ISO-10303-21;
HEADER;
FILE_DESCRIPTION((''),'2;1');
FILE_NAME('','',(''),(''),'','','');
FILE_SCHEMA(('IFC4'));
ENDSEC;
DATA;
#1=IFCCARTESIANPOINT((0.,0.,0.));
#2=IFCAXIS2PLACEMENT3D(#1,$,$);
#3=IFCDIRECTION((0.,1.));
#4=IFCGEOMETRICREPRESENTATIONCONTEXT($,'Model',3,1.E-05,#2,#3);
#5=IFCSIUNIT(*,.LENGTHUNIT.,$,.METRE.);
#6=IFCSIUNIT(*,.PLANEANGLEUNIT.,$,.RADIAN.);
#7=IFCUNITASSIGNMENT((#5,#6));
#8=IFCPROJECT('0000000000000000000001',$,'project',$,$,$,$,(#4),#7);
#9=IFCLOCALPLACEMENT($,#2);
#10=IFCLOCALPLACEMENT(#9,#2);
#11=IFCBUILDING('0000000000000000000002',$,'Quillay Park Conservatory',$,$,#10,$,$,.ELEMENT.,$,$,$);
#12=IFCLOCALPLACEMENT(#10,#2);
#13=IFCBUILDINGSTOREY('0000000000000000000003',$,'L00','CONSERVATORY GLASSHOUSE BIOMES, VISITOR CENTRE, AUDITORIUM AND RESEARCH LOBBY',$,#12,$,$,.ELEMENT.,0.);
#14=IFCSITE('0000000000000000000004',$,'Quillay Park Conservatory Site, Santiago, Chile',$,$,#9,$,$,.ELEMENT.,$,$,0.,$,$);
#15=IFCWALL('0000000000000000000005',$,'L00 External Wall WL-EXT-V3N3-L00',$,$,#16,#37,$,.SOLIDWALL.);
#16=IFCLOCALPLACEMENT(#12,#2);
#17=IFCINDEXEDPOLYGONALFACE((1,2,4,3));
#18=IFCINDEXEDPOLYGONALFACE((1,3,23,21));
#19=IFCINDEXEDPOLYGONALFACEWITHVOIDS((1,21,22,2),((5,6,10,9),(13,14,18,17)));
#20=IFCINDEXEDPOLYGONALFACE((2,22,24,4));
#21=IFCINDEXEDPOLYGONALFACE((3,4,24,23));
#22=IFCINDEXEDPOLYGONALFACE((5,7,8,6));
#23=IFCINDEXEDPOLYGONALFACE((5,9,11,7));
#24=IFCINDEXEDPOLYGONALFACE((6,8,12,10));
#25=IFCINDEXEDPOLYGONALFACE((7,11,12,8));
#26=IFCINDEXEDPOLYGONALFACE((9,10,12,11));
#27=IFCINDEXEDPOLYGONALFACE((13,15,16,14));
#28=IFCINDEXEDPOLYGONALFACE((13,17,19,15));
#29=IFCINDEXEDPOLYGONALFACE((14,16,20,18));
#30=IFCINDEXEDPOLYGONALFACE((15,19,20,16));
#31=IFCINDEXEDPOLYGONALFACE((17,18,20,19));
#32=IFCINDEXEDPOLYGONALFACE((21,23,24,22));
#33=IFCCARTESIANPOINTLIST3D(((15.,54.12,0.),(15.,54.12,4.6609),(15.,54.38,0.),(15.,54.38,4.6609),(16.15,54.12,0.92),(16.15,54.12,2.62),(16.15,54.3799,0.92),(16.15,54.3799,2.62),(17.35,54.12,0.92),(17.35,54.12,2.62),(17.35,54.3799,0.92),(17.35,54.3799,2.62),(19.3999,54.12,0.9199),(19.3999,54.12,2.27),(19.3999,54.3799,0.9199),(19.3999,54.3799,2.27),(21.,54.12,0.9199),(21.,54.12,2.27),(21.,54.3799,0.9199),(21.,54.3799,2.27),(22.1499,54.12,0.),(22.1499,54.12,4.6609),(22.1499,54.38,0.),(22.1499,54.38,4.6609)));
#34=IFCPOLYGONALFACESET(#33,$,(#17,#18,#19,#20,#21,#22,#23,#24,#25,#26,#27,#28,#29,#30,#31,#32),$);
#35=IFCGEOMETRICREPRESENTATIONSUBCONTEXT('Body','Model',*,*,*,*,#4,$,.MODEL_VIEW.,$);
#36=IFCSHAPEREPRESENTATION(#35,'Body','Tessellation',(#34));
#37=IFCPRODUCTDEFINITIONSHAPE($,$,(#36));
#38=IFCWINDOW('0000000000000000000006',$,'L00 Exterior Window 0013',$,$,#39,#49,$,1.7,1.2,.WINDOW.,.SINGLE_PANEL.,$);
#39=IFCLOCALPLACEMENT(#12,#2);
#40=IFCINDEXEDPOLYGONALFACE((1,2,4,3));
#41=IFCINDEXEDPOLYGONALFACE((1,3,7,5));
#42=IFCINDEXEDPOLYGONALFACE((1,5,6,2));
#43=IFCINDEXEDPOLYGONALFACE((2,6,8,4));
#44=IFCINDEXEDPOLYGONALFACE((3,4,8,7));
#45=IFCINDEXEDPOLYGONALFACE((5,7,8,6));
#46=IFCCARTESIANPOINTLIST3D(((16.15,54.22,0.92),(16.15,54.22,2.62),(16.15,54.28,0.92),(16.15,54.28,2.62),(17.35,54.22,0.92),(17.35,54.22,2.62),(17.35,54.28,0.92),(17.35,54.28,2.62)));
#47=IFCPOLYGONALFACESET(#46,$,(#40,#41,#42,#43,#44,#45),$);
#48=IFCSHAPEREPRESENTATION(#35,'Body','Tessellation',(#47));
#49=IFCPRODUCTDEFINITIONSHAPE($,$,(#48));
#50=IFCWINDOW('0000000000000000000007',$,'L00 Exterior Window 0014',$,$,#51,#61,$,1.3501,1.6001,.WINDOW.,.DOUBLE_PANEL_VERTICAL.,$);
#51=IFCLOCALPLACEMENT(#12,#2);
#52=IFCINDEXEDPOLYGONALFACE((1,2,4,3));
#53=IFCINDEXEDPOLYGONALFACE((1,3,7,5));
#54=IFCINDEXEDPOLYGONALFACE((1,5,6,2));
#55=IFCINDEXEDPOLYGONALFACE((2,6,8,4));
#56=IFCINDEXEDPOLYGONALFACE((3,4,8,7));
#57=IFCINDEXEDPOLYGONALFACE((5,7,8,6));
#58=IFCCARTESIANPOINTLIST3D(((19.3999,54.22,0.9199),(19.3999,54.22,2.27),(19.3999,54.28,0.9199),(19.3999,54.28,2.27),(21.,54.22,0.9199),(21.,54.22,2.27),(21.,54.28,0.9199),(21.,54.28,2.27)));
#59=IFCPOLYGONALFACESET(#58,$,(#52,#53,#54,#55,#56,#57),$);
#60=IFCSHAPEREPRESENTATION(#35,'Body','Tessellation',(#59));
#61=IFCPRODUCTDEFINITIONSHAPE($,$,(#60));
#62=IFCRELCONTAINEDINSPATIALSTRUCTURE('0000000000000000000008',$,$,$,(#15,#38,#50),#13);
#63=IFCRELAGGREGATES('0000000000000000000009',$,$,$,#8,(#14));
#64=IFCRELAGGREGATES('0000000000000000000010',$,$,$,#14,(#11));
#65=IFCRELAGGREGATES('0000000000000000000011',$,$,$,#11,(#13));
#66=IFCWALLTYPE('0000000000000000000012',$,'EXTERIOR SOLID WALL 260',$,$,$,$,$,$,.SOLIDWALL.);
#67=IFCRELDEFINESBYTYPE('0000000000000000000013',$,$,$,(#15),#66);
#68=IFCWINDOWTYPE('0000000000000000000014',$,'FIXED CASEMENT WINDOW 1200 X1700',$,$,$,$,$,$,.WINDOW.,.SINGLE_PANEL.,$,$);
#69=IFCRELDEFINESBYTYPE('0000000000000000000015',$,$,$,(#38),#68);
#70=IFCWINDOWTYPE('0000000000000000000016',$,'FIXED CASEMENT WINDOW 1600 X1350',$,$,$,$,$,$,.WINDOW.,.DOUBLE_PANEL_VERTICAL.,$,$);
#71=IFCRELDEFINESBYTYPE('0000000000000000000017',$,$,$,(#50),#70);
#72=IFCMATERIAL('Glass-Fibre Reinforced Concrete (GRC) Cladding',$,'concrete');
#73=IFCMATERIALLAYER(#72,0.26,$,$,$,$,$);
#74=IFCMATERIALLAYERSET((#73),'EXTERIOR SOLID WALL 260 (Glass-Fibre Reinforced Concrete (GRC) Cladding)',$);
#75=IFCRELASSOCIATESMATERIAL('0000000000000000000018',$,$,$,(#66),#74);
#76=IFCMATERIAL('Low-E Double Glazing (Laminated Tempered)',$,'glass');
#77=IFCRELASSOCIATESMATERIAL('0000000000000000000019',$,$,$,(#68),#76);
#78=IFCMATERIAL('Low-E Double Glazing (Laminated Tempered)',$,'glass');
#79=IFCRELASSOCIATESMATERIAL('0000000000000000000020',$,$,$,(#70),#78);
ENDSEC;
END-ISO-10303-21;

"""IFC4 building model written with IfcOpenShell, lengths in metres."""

from ifc_helpers import new_model, si_unit, direction, frame, frame_2d, origin, place, context, subcontext, project, spatial, rectangle, extrude, material, layer, layer_set, type_object, element, fill, save


model = new_model("IFC4")

# Units and contexts
model_context = context("Model", 3, precision=1e-05, world=origin(), true_north=direction((0.0, 1.0)))
body_context = subcontext(model_context, "Body", "Model", "MODEL_VIEW")
ifc_project = project(units=[si_unit("LENGTHUNIT", "METRE"), si_unit("PLANEANGLEUNIT", "RADIAN")], contexts=[model_context])

# Site, building, storey
site_placement = place(None, origin())
site = spatial("IfcSite", under=ifc_project, at=site_placement, Name="Quillay Park Conservatory Site, Santiago, Chile", CompositionType="ELEMENT", RefElevation=0.0)
building_placement = place(site_placement, origin())
building = spatial("IfcBuilding", under=site, at=building_placement, Name="Quillay Park Conservatory", CompositionType="ELEMENT")
storey_placement = place(building_placement, origin())
storey = spatial("IfcBuildingStorey", under=building, at=storey_placement, Name="L00", Description="CONSERVATORY GLASSHOUSE BIOMES, VISITOR CENTRE, AUDITORIUM AND RESEARCH LOBBY", CompositionType="ELEMENT", Elevation=0.0)

# Wall, openings, windows
ifc_material_1 = material(Name="Glass-Fibre Reinforced Concrete (GRC) Cladding", Category="concrete")
ifc_layer_1 = layer(ifc_material_1, 0.26)
ifc_layer_set_1 = layer_set([ifc_layer_1], Name="EXTERIOR SOLID WALL 260 (Glass-Fibre Reinforced Concrete (GRC) Cladding)")
wall_type = type_object("IfcWallType", Name="EXTERIOR SOLID WALL 260", PredefinedType="SOLIDWALL", material=ifc_layer_set_1)
wall_placement = place(storey_placement, frame((15.0, 54.25, 0.0), z_axis=(0.0, 0.0, 1.0), x_axis=(1.0, 0.0, 0.0)))
wall = element("IfcWall", 1, at=wall_placement, inside=storey, type_object=wall_type, Name="L00 External Wall WL-EXT-V3N3-L00", PredefinedType="SOLIDWALL", context=body_context, shape_type="SweptSolid", body=[
    extrude(rectangle(XDim=7.1499, YDim=0.26, at=frame_2d((3.575, 0.0))), origin(), (0.0, 0.0, 1.0), 4.6609),
])
opening_1_placement = place(wall_placement, frame((1.1499, 0.0, 0.9199)))
opening_1 = element("IfcOpeningElement", 2, at=opening_1_placement, cuts=wall, PredefinedType="OPENING", context=body_context, shape_type="SweptSolid", body=[
    extrude(rectangle(XDim=1.2, YDim=1.7, at=frame_2d((0.6001, 0.8501))), frame((0.0, 0.1299, 0.0), z_axis=(0.0, -1.0, 0.0), x_axis=(1.0, 0.0, 0.0)), (0.0, 0.0, 1.0), 0.26),
])
opening_2_placement = place(wall_placement, frame((4.3999, 0.0, 0.9199)))
opening_2 = element("IfcOpeningElement", 3, at=opening_2_placement, cuts=wall, PredefinedType="OPENING", context=body_context, shape_type="SweptSolid", body=[
    extrude(rectangle(XDim=1.6001, YDim=1.3501, at=frame_2d((0.8, 0.675))), frame((0.0, 0.1299, 0.0), z_axis=(0.0, -1.0, 0.0), x_axis=(1.0, 0.0, 0.0)), (0.0, 0.0, 1.0), 0.26),
])
ifc_material_2 = material(Name="Low-E Double Glazing (Laminated Tempered)", Category="glass")
window_type_1 = type_object("IfcWindowType", Name="FIXED CASEMENT WINDOW 1200 X1700", PartitioningType="SINGLE_PANEL", PredefinedType="WINDOW", material=ifc_material_2)
window_1_placement = place(opening_1_placement, origin())
window_1 = element("IfcWindow", 4, at=window_1_placement, inside=storey, type_object=window_type_1, Name="L00 Exterior Window 0013", OverallHeight=1.7, OverallWidth=1.2, PartitioningType="SINGLE_PANEL", PredefinedType="WINDOW", context=body_context, shape_type="SweptSolid", body=[
    extrude(rectangle(XDim=1.2, YDim=1.7, at=frame_2d((0.6001, 0.8501))), frame((0.0, 0.03, 0.0), z_axis=(0.0, -1.0, 0.0), x_axis=(1.0, 0.0, 0.0)), (0.0, 0.0, 1.0), 0.0601),
])
fill(opening_1, window_1)
ifc_material_3 = material(Name="Low-E Double Glazing (Laminated Tempered)", Category="glass")
window_type_2 = type_object("IfcWindowType", Name="FIXED CASEMENT WINDOW 1600 X1350", PartitioningType="DOUBLE_PANEL_VERTICAL", PredefinedType="WINDOW", material=ifc_material_3)
window_2_placement = place(opening_2_placement, origin())
window_2 = element("IfcWindow", 5, at=window_2_placement, inside=storey, type_object=window_type_2, Name="L00 Exterior Window 0014", OverallHeight=1.3501, OverallWidth=1.6001, PartitioningType="DOUBLE_PANEL_VERTICAL", PredefinedType="WINDOW", context=body_context, shape_type="SweptSolid", body=[
    extrude(rectangle(XDim=1.6001, YDim=1.3501, at=frame_2d((0.8, 0.675))), frame((0.0, 0.03, 0.0), z_axis=(0.0, -1.0, 0.0), x_axis=(1.0, 0.0, 0.0)), (0.0, 0.0, 1.0), 0.0601),
])
fill(opening_2, window_2)

save(model, "model.ifc")
